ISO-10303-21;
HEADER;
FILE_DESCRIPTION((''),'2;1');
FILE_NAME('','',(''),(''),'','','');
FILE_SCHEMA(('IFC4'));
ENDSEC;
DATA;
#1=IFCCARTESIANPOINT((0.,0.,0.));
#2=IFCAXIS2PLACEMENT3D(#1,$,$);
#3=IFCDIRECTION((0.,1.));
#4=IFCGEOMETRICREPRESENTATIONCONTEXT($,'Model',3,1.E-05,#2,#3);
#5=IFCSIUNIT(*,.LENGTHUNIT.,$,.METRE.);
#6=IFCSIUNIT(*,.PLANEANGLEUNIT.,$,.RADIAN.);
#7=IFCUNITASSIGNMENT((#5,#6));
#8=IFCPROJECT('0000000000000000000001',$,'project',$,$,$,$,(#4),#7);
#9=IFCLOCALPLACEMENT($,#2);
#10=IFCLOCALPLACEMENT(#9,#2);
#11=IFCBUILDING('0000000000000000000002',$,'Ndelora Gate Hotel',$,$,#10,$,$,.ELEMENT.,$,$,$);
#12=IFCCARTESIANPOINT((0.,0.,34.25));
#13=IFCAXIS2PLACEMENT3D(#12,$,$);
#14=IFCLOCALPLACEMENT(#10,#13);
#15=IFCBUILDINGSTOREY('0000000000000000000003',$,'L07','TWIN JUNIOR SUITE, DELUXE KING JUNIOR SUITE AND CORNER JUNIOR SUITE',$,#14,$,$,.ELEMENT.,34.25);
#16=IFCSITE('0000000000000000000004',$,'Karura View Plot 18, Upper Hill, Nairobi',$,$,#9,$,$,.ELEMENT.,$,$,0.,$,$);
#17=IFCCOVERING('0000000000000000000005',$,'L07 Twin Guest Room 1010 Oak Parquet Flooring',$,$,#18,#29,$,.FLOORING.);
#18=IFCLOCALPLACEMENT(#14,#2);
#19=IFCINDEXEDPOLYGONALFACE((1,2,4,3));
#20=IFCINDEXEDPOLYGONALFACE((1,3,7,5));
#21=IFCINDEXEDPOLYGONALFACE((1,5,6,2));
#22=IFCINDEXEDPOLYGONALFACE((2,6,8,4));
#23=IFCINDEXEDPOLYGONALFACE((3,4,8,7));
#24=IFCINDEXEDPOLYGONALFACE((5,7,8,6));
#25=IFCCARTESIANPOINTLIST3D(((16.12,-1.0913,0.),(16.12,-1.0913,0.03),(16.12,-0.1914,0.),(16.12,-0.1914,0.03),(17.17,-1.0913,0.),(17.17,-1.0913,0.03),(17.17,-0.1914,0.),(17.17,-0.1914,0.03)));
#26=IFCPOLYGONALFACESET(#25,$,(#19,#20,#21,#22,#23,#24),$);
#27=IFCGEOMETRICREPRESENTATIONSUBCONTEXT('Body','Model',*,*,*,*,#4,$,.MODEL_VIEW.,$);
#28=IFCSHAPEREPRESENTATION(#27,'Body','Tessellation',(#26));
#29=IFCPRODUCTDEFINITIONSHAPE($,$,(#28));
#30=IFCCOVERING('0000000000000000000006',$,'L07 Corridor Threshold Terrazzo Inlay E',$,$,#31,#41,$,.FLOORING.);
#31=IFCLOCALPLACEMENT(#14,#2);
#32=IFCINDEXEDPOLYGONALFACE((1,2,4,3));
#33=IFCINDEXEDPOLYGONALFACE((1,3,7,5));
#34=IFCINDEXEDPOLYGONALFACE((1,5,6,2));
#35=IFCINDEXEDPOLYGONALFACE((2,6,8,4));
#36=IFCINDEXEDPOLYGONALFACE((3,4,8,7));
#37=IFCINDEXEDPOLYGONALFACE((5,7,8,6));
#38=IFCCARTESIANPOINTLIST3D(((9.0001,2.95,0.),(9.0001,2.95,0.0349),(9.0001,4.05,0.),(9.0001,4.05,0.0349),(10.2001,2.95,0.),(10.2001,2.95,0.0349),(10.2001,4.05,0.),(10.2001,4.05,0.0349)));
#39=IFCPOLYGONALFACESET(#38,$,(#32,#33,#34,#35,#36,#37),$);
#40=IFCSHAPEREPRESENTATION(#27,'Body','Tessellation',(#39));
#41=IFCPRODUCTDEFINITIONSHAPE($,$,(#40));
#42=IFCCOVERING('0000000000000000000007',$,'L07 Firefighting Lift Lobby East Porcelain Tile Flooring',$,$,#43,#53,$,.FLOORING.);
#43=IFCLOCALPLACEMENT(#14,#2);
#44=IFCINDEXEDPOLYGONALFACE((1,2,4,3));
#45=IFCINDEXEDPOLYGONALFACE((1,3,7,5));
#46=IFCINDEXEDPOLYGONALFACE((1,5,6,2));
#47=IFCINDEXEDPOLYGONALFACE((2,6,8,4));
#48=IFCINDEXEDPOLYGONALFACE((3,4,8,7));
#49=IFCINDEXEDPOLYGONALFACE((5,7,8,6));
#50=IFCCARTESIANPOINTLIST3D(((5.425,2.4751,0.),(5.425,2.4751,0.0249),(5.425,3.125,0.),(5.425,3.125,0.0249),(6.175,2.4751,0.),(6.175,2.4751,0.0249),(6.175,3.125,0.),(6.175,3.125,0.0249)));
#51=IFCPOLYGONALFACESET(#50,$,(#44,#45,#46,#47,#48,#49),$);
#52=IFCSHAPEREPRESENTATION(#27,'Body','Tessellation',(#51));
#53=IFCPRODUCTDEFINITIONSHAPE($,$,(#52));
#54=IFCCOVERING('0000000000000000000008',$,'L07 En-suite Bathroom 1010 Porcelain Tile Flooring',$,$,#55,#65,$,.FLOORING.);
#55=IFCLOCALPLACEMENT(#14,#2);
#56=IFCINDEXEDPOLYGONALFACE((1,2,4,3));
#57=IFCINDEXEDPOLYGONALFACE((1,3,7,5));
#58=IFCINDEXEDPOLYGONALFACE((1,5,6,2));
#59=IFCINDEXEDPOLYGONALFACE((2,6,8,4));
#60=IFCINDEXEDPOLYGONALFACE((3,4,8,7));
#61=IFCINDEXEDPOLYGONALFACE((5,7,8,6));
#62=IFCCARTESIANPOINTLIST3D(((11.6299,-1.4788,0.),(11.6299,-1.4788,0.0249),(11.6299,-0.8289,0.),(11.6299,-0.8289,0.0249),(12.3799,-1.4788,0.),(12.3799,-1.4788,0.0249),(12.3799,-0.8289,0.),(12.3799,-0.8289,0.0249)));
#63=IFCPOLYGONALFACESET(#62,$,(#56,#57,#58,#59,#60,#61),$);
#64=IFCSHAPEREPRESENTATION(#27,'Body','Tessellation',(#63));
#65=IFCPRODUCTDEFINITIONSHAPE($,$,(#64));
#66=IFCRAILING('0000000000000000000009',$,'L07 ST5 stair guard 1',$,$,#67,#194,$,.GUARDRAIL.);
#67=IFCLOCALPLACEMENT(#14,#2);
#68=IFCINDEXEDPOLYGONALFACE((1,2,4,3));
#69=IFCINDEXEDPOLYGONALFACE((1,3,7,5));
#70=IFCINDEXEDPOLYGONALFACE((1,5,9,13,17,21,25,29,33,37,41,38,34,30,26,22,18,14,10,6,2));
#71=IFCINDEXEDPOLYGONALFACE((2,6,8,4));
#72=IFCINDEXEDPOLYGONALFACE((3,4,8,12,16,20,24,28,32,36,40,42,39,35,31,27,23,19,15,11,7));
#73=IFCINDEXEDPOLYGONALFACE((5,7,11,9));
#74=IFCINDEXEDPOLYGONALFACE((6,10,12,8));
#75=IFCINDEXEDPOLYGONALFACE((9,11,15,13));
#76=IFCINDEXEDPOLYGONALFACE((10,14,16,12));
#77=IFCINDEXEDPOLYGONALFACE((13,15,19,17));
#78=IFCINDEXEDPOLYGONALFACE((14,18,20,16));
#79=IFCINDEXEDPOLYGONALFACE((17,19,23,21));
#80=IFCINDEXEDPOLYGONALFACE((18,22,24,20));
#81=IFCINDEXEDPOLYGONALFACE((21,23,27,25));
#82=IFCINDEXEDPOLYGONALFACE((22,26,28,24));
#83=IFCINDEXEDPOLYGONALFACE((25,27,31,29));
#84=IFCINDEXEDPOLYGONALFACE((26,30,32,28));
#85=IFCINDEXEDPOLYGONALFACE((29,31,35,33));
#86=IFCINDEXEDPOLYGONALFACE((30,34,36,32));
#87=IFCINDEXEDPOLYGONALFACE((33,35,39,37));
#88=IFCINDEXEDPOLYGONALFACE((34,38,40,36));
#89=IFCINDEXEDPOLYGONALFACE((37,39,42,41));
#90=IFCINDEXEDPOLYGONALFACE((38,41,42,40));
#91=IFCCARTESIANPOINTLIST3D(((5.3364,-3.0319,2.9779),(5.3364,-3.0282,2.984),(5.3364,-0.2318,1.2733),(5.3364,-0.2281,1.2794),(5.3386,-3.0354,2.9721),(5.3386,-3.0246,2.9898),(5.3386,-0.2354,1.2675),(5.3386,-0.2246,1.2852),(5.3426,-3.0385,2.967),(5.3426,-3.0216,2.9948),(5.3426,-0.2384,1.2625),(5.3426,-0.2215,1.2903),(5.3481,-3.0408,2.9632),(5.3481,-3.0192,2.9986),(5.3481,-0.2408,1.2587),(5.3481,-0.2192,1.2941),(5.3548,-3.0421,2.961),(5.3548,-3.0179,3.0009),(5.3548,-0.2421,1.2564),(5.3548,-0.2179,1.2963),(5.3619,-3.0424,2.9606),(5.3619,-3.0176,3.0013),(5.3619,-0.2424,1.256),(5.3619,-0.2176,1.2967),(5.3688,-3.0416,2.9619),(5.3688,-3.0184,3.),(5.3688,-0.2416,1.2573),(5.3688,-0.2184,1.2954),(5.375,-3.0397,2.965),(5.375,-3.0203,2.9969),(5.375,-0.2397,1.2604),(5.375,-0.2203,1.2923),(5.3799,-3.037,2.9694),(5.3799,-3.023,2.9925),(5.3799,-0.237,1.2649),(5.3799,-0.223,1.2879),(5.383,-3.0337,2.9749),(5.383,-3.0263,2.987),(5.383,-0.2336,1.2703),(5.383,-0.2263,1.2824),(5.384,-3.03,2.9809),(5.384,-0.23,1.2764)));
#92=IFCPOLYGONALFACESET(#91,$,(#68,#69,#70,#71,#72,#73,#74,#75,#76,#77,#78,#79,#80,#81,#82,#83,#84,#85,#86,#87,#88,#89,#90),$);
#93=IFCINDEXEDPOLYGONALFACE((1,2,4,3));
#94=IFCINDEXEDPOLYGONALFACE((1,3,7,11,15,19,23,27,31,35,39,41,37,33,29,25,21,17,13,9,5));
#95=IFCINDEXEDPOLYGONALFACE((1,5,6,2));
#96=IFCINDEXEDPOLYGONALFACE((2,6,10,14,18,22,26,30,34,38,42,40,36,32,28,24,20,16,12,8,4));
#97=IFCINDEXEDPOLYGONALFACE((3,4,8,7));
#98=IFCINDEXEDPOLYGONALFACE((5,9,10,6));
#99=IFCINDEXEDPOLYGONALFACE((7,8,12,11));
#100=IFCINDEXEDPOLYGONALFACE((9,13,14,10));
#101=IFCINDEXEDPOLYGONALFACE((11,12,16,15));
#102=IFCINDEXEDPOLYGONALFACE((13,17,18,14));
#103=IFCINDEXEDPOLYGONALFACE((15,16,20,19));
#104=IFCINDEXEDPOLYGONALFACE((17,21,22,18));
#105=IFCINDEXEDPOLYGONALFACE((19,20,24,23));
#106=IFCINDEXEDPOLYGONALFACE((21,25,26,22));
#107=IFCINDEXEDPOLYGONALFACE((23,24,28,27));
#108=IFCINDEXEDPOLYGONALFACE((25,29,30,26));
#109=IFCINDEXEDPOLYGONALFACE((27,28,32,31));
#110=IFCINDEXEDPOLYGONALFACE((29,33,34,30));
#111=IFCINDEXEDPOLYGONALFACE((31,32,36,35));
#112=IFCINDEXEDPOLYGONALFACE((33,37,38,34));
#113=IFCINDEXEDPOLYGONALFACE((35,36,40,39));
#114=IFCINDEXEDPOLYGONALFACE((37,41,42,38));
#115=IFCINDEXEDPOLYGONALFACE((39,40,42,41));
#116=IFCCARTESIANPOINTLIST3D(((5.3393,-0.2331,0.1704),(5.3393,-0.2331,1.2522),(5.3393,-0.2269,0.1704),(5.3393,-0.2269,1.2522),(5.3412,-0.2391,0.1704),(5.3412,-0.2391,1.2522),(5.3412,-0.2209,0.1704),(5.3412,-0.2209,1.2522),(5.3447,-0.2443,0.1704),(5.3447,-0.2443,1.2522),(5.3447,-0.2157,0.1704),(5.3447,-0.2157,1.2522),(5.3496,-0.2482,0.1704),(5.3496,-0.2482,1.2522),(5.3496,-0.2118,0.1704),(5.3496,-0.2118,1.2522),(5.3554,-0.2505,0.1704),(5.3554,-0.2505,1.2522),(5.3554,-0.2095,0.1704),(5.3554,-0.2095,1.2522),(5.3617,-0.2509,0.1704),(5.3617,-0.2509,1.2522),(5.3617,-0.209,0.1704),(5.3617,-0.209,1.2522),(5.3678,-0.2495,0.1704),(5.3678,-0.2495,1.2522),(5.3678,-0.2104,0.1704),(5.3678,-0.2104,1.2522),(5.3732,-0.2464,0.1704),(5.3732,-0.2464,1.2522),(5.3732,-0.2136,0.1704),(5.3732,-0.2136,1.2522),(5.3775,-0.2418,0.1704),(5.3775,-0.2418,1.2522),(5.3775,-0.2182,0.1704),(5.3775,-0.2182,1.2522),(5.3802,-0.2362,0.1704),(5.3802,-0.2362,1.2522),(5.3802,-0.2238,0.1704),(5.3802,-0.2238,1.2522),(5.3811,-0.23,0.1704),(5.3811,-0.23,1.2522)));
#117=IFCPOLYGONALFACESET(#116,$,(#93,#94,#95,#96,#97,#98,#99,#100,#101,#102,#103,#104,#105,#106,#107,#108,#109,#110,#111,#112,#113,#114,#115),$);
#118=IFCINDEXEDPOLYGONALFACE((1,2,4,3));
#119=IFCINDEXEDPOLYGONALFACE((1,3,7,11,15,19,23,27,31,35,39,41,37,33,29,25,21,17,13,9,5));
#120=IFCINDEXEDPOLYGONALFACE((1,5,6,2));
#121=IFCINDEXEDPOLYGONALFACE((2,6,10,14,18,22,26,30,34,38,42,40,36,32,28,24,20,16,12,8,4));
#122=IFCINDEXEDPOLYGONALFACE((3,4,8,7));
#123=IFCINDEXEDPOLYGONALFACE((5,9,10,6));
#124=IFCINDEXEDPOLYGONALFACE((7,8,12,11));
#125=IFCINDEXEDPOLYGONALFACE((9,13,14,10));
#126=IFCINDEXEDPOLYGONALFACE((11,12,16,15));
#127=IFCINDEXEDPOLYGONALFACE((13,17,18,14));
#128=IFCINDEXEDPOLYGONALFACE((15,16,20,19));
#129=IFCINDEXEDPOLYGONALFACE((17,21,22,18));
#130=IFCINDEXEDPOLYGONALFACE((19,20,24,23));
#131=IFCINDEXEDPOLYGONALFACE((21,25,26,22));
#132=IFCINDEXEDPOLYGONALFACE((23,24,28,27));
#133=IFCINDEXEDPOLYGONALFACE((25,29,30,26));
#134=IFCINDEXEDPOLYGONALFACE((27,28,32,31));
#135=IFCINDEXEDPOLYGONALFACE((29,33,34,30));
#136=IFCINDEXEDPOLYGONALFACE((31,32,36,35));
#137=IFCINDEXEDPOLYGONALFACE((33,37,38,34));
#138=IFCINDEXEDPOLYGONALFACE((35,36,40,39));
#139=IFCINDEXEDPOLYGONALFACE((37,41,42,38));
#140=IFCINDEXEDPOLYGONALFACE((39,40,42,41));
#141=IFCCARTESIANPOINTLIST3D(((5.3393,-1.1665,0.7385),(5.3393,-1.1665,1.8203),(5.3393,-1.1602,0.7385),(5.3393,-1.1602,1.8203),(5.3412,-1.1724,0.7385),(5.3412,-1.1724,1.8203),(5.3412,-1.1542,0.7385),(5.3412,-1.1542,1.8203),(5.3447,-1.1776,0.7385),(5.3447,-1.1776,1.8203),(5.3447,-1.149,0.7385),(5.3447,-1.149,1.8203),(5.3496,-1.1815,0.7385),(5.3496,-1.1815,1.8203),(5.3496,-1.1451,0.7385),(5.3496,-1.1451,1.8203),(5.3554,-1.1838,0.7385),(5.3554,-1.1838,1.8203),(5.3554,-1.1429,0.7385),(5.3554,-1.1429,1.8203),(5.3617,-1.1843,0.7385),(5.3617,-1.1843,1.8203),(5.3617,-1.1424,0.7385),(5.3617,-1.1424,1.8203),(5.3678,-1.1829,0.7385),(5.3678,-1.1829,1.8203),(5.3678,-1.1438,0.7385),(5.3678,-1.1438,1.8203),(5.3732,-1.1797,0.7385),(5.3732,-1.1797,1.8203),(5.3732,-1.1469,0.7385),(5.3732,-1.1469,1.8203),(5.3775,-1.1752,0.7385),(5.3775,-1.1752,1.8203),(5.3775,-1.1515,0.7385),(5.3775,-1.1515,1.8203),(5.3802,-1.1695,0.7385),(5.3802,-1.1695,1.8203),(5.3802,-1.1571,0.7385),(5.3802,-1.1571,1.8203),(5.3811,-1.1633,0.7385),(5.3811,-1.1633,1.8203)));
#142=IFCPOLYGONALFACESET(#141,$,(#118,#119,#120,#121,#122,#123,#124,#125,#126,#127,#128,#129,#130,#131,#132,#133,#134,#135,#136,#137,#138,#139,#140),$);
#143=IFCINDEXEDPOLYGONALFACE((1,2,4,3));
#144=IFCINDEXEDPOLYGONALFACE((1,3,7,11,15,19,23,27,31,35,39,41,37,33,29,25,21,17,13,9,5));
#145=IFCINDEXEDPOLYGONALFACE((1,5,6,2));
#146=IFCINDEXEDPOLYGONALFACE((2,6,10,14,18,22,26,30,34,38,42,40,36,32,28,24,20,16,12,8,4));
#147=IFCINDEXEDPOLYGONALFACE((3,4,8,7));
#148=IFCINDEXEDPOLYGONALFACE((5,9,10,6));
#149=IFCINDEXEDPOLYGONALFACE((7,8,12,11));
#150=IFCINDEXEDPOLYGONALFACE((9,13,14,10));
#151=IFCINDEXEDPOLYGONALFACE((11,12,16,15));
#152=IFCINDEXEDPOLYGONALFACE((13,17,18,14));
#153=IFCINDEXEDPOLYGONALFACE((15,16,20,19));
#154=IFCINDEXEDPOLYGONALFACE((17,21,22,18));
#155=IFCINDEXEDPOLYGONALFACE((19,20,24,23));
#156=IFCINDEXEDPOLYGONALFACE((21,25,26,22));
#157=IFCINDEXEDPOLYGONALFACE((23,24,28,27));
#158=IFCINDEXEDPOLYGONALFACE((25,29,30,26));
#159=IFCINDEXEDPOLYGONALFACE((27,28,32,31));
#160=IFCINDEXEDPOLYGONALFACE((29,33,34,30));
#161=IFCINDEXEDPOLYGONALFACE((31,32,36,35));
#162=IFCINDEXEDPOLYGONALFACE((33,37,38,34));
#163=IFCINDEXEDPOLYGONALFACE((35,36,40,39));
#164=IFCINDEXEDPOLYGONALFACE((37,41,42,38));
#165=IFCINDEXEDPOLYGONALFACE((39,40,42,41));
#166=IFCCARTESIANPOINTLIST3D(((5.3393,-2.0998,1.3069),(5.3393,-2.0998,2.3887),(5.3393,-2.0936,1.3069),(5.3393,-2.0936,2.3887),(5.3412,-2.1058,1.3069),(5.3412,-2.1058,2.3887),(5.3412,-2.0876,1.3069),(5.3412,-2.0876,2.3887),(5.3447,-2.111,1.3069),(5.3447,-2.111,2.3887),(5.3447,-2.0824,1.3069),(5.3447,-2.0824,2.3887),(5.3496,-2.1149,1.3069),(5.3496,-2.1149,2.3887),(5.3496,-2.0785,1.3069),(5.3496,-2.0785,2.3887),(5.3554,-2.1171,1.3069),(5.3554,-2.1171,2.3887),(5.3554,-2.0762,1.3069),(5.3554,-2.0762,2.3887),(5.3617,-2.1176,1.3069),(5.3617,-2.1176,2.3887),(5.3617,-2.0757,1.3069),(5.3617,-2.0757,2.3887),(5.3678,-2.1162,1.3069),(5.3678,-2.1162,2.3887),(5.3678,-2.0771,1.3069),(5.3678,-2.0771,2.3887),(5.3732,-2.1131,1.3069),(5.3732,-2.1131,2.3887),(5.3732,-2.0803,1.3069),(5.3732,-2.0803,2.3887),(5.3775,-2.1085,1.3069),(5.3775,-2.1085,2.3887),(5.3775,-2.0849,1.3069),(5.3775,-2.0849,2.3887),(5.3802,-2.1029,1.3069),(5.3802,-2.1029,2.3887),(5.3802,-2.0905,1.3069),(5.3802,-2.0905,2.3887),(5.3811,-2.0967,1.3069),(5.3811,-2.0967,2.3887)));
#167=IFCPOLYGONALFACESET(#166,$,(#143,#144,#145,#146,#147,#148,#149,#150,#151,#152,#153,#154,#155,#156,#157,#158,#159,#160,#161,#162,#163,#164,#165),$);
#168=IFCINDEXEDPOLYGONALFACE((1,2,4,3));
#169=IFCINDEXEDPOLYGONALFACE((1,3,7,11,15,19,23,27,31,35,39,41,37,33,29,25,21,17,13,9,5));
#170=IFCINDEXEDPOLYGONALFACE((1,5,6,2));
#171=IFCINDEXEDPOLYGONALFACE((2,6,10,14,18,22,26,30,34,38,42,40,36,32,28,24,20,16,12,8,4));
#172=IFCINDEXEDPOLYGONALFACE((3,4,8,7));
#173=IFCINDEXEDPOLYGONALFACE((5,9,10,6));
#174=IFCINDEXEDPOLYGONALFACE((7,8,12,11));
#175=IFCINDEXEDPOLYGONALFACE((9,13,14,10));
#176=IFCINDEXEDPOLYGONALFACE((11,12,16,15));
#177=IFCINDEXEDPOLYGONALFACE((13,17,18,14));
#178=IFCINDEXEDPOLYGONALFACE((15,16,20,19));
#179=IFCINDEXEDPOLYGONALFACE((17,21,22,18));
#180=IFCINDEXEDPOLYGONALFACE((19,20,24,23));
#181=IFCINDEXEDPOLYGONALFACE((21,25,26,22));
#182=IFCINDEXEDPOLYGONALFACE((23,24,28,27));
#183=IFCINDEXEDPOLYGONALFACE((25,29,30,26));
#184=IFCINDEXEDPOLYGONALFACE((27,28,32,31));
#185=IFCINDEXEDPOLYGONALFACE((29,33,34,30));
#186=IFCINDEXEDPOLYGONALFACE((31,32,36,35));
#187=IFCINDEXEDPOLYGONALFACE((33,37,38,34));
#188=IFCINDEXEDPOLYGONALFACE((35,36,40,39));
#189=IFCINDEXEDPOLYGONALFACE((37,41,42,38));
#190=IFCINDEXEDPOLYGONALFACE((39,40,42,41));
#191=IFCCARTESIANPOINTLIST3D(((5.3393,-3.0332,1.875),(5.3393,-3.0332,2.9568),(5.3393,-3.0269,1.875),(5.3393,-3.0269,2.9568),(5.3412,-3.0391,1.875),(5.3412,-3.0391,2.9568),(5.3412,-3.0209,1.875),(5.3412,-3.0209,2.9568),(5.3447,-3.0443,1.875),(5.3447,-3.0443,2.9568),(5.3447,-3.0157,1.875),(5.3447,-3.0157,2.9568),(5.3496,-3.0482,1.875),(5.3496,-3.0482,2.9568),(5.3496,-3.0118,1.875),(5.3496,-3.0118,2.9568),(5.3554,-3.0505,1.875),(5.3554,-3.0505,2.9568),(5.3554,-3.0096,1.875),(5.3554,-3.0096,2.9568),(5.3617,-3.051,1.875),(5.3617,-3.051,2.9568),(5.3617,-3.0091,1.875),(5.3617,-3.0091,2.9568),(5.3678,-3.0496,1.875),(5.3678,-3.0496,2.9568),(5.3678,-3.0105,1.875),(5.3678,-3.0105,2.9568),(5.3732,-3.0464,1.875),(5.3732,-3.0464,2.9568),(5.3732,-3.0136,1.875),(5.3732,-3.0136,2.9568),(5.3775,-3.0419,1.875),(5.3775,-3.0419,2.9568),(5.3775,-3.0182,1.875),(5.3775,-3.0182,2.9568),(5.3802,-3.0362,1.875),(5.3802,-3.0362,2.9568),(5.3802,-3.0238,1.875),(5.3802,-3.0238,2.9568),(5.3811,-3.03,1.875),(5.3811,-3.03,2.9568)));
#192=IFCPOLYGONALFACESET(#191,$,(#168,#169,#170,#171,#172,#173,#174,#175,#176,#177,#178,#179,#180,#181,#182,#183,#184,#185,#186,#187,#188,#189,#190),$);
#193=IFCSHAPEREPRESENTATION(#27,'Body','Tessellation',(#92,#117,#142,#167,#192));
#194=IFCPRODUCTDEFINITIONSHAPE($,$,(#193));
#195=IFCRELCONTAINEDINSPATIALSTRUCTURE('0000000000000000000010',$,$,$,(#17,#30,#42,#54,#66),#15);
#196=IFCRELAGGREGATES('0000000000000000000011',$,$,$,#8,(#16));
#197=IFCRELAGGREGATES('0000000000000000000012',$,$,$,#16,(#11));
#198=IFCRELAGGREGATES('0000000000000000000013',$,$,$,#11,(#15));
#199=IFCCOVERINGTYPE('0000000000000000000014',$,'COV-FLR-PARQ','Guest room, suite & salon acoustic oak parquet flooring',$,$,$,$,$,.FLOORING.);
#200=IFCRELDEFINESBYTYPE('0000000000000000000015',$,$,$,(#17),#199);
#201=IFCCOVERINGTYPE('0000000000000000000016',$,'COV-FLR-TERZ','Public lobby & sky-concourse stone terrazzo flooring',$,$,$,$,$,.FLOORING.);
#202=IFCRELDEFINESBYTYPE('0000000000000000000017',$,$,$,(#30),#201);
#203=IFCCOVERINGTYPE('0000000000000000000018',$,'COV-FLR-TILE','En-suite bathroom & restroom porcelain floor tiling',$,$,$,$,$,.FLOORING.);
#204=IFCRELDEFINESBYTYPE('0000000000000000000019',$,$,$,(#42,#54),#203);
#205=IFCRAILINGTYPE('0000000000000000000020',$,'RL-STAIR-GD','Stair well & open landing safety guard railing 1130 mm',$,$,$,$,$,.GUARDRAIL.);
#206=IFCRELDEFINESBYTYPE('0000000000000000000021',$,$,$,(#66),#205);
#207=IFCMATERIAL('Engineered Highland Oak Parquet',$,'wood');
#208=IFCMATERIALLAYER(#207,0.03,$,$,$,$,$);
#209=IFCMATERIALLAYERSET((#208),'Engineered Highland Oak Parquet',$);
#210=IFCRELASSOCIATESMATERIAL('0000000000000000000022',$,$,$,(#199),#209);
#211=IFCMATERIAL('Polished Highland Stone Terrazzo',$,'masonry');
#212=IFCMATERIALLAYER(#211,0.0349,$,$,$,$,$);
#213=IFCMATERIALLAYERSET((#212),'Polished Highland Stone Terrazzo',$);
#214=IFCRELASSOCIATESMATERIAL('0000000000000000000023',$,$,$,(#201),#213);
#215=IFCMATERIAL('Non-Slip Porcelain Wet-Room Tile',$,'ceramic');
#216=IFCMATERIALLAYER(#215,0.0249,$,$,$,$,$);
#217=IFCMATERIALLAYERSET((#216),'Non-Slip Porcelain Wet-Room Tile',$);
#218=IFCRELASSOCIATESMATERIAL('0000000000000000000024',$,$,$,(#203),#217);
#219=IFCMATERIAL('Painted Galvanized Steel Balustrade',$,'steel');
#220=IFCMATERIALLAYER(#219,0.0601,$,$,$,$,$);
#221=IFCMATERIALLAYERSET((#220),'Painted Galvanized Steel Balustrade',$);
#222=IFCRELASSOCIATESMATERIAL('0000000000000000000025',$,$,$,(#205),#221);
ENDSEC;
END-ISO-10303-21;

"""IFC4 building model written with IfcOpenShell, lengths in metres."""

from ifc_helpers import new_model, si_unit, direction, frame, origin, origin_2d, place, context, subcontext, project, spatial, rectangle, circle, extrude, material, layer, layer_set, type_object, element, save


model = new_model("IFC4")

# Units and contexts
model_context = context("Model", 3, precision=1e-05, world=origin(), true_north=direction((0.0, 1.0)))
body_context = subcontext(model_context, "Body", "Model", "MODEL_VIEW")
ifc_project = project(units=[si_unit("LENGTHUNIT", "METRE"), si_unit("PLANEANGLEUNIT", "RADIAN")], contexts=[model_context])

# Site, building, storey
site_placement = place(None, origin())
site = spatial("IfcSite", under=ifc_project, at=site_placement, Name="Karura View Plot 18, Upper Hill, Nairobi", CompositionType="ELEMENT", RefElevation=0.0)
building_placement = place(site_placement, origin())
building = spatial("IfcBuilding", under=site, at=building_placement, Name="Ndelora Gate Hotel", CompositionType="ELEMENT")
storey_placement = place(building_placement, frame((0.0, 0.0, 34.25)))
storey = spatial("IfcBuildingStorey", under=building, at=storey_placement, Name="L07", Description="TWIN JUNIOR SUITE, DELUXE KING JUNIOR SUITE AND CORNER JUNIOR SUITE", CompositionType="ELEMENT", Elevation=34.25)

# Coverings
ifc_material_1 = material(Name="Engineered Highland Oak Parquet", Category="wood")
ifc_layer_1 = layer(ifc_material_1, 0.03)
ifc_layer_set_1 = layer_set([ifc_layer_1], Name="Engineered Highland Oak Parquet")
covering_type_1 = type_object("IfcCoveringType", Name="COV-FLR-PARQ", Description="Guest room, suite & salon acoustic oak parquet flooring", PredefinedType="FLOORING", material=ifc_layer_set_1)
covering_1_placement = place(storey_placement, frame((16.645, -0.6414, 0.0), z_axis=(0.0, 0.0, 1.0), x_axis=(1.0, 0.0, 0.0)))
element("IfcCovering", 1, at=covering_1_placement, inside=storey, type_object=covering_type_1, Name="L07 Twin Guest Room 1010 Oak Parquet Flooring", PredefinedType="FLOORING", context=body_context, shape_type="SweptSolid", body=[
    extrude(rectangle(XDim=1.05, YDim=0.8999, at=origin_2d()), origin(), (0.0, 0.0, 1.0), 0.03),
])
ifc_material_2 = material(Name="Polished Highland Stone Terrazzo", Category="masonry")
ifc_layer_2 = layer(ifc_material_2, 0.0349)
ifc_layer_set_2 = layer_set([ifc_layer_2], Name="Polished Highland Stone Terrazzo")
covering_type_2 = type_object("IfcCoveringType", Name="COV-FLR-TERZ", Description="Public lobby & sky-concourse stone terrazzo flooring", PredefinedType="FLOORING", material=ifc_layer_set_2)
covering_2_placement = place(storey_placement, frame((9.6001, 3.5, 0.0), z_axis=(0.0, 0.0, 1.0), x_axis=(1.0, 0.0, 0.0)))
element("IfcCovering", 2, at=covering_2_placement, inside=storey, type_object=covering_type_2, Name="L07 Corridor Threshold Terrazzo Inlay E", PredefinedType="FLOORING", context=body_context, shape_type="SweptSolid", body=[
    extrude(rectangle(XDim=1.2, YDim=1.1001, at=origin_2d()), origin(), (0.0, 0.0, 1.0), 0.0349),
])
ifc_material_3 = material(Name="Non-Slip Porcelain Wet-Room Tile", Category="ceramic")
ifc_layer_3 = layer(ifc_material_3, 0.0249)
ifc_layer_set_3 = layer_set([ifc_layer_3], Name="Non-Slip Porcelain Wet-Room Tile")
covering_type_3 = type_object("IfcCoveringType", Name="COV-FLR-TILE", Description="En-suite bathroom & restroom porcelain floor tiling", PredefinedType="FLOORING", material=ifc_layer_set_3)
for number, where, z_axis, x_axis, name in (
    (3, (5.8, 2.8, 0.0), (0.0, 0.0, 1.0), (1.0, 0.0, 0.0), "L07 Firefighting Lift Lobby East Porcelain Tile Flooring"),
    (4, (12.0049, -1.1538, 0.0), (0.0, 0.0, 1.0), (1.0, 0.0, 0.0), "L07 En-suite Bathroom 1010 Porcelain Tile Flooring"),
):
    element("IfcCovering", number, at=place(storey_placement, frame(where, z_axis=z_axis, x_axis=x_axis)), inside=storey, type_object=covering_type_3, Name=name, PredefinedType="FLOORING", context=body_context, shape_type="SweptSolid", body=[
        extrude(rectangle(XDim=0.75, YDim=0.6499, at=origin_2d()), origin(), (0.0, 0.0, 1.0), 0.0249),
    ])

# Railing
ifc_material_4 = material(Name="Painted Galvanized Steel Balustrade", Category="steel")
ifc_layer_4 = layer(ifc_material_4, 0.0601)
ifc_layer_set_4 = layer_set([ifc_layer_4], Name="Painted Galvanized Steel Balustrade")
railing_type = type_object("IfcRailingType", Name="RL-STAIR-GD", Description="Stair well & open landing safety guard railing 1130 mm", PredefinedType="GUARDRAIL", material=ifc_layer_set_4)
railing_1_placement = place(storey_placement, frame((5.3601, -0.23, 0.1704)))
element("IfcRailing", 5, at=railing_1_placement, inside=storey, type_object=railing_type, Name="L07 ST5 stair guard 1", PredefinedType="GUARDRAIL", context=body_context, shape_type="SweptSolid", body=[
    extrude(circle(Radius=0.0239, at=origin_2d()), frame((0.0, 0.0, 1.106), z_axis=(0.0, -0.85417, 0.519994), x_axis=(1.0, 0.0, 0.0)), (0.0, 0.0, 1.0), 3.2781),
    extrude(circle(Radius=0.021, at=origin_2d()), origin(), (0.0, 0.0, 1.0), 1.0818),
    extrude(circle(Radius=0.021, at=origin_2d()), frame((0.0, -0.9333, 0.5681)), (0.0, 0.0, 1.0), 1.0818),
    extrude(circle(Radius=0.021, at=origin_2d()), frame((0.0, -1.8667, 1.1365)), (0.0, 0.0, 1.0), 1.0818),
    extrude(circle(Radius=0.021, at=origin_2d()), frame((0.0, -2.8, 1.7046)), (0.0, 0.0, 1.0), 1.0818),
])

save(model, "model.ifc")
